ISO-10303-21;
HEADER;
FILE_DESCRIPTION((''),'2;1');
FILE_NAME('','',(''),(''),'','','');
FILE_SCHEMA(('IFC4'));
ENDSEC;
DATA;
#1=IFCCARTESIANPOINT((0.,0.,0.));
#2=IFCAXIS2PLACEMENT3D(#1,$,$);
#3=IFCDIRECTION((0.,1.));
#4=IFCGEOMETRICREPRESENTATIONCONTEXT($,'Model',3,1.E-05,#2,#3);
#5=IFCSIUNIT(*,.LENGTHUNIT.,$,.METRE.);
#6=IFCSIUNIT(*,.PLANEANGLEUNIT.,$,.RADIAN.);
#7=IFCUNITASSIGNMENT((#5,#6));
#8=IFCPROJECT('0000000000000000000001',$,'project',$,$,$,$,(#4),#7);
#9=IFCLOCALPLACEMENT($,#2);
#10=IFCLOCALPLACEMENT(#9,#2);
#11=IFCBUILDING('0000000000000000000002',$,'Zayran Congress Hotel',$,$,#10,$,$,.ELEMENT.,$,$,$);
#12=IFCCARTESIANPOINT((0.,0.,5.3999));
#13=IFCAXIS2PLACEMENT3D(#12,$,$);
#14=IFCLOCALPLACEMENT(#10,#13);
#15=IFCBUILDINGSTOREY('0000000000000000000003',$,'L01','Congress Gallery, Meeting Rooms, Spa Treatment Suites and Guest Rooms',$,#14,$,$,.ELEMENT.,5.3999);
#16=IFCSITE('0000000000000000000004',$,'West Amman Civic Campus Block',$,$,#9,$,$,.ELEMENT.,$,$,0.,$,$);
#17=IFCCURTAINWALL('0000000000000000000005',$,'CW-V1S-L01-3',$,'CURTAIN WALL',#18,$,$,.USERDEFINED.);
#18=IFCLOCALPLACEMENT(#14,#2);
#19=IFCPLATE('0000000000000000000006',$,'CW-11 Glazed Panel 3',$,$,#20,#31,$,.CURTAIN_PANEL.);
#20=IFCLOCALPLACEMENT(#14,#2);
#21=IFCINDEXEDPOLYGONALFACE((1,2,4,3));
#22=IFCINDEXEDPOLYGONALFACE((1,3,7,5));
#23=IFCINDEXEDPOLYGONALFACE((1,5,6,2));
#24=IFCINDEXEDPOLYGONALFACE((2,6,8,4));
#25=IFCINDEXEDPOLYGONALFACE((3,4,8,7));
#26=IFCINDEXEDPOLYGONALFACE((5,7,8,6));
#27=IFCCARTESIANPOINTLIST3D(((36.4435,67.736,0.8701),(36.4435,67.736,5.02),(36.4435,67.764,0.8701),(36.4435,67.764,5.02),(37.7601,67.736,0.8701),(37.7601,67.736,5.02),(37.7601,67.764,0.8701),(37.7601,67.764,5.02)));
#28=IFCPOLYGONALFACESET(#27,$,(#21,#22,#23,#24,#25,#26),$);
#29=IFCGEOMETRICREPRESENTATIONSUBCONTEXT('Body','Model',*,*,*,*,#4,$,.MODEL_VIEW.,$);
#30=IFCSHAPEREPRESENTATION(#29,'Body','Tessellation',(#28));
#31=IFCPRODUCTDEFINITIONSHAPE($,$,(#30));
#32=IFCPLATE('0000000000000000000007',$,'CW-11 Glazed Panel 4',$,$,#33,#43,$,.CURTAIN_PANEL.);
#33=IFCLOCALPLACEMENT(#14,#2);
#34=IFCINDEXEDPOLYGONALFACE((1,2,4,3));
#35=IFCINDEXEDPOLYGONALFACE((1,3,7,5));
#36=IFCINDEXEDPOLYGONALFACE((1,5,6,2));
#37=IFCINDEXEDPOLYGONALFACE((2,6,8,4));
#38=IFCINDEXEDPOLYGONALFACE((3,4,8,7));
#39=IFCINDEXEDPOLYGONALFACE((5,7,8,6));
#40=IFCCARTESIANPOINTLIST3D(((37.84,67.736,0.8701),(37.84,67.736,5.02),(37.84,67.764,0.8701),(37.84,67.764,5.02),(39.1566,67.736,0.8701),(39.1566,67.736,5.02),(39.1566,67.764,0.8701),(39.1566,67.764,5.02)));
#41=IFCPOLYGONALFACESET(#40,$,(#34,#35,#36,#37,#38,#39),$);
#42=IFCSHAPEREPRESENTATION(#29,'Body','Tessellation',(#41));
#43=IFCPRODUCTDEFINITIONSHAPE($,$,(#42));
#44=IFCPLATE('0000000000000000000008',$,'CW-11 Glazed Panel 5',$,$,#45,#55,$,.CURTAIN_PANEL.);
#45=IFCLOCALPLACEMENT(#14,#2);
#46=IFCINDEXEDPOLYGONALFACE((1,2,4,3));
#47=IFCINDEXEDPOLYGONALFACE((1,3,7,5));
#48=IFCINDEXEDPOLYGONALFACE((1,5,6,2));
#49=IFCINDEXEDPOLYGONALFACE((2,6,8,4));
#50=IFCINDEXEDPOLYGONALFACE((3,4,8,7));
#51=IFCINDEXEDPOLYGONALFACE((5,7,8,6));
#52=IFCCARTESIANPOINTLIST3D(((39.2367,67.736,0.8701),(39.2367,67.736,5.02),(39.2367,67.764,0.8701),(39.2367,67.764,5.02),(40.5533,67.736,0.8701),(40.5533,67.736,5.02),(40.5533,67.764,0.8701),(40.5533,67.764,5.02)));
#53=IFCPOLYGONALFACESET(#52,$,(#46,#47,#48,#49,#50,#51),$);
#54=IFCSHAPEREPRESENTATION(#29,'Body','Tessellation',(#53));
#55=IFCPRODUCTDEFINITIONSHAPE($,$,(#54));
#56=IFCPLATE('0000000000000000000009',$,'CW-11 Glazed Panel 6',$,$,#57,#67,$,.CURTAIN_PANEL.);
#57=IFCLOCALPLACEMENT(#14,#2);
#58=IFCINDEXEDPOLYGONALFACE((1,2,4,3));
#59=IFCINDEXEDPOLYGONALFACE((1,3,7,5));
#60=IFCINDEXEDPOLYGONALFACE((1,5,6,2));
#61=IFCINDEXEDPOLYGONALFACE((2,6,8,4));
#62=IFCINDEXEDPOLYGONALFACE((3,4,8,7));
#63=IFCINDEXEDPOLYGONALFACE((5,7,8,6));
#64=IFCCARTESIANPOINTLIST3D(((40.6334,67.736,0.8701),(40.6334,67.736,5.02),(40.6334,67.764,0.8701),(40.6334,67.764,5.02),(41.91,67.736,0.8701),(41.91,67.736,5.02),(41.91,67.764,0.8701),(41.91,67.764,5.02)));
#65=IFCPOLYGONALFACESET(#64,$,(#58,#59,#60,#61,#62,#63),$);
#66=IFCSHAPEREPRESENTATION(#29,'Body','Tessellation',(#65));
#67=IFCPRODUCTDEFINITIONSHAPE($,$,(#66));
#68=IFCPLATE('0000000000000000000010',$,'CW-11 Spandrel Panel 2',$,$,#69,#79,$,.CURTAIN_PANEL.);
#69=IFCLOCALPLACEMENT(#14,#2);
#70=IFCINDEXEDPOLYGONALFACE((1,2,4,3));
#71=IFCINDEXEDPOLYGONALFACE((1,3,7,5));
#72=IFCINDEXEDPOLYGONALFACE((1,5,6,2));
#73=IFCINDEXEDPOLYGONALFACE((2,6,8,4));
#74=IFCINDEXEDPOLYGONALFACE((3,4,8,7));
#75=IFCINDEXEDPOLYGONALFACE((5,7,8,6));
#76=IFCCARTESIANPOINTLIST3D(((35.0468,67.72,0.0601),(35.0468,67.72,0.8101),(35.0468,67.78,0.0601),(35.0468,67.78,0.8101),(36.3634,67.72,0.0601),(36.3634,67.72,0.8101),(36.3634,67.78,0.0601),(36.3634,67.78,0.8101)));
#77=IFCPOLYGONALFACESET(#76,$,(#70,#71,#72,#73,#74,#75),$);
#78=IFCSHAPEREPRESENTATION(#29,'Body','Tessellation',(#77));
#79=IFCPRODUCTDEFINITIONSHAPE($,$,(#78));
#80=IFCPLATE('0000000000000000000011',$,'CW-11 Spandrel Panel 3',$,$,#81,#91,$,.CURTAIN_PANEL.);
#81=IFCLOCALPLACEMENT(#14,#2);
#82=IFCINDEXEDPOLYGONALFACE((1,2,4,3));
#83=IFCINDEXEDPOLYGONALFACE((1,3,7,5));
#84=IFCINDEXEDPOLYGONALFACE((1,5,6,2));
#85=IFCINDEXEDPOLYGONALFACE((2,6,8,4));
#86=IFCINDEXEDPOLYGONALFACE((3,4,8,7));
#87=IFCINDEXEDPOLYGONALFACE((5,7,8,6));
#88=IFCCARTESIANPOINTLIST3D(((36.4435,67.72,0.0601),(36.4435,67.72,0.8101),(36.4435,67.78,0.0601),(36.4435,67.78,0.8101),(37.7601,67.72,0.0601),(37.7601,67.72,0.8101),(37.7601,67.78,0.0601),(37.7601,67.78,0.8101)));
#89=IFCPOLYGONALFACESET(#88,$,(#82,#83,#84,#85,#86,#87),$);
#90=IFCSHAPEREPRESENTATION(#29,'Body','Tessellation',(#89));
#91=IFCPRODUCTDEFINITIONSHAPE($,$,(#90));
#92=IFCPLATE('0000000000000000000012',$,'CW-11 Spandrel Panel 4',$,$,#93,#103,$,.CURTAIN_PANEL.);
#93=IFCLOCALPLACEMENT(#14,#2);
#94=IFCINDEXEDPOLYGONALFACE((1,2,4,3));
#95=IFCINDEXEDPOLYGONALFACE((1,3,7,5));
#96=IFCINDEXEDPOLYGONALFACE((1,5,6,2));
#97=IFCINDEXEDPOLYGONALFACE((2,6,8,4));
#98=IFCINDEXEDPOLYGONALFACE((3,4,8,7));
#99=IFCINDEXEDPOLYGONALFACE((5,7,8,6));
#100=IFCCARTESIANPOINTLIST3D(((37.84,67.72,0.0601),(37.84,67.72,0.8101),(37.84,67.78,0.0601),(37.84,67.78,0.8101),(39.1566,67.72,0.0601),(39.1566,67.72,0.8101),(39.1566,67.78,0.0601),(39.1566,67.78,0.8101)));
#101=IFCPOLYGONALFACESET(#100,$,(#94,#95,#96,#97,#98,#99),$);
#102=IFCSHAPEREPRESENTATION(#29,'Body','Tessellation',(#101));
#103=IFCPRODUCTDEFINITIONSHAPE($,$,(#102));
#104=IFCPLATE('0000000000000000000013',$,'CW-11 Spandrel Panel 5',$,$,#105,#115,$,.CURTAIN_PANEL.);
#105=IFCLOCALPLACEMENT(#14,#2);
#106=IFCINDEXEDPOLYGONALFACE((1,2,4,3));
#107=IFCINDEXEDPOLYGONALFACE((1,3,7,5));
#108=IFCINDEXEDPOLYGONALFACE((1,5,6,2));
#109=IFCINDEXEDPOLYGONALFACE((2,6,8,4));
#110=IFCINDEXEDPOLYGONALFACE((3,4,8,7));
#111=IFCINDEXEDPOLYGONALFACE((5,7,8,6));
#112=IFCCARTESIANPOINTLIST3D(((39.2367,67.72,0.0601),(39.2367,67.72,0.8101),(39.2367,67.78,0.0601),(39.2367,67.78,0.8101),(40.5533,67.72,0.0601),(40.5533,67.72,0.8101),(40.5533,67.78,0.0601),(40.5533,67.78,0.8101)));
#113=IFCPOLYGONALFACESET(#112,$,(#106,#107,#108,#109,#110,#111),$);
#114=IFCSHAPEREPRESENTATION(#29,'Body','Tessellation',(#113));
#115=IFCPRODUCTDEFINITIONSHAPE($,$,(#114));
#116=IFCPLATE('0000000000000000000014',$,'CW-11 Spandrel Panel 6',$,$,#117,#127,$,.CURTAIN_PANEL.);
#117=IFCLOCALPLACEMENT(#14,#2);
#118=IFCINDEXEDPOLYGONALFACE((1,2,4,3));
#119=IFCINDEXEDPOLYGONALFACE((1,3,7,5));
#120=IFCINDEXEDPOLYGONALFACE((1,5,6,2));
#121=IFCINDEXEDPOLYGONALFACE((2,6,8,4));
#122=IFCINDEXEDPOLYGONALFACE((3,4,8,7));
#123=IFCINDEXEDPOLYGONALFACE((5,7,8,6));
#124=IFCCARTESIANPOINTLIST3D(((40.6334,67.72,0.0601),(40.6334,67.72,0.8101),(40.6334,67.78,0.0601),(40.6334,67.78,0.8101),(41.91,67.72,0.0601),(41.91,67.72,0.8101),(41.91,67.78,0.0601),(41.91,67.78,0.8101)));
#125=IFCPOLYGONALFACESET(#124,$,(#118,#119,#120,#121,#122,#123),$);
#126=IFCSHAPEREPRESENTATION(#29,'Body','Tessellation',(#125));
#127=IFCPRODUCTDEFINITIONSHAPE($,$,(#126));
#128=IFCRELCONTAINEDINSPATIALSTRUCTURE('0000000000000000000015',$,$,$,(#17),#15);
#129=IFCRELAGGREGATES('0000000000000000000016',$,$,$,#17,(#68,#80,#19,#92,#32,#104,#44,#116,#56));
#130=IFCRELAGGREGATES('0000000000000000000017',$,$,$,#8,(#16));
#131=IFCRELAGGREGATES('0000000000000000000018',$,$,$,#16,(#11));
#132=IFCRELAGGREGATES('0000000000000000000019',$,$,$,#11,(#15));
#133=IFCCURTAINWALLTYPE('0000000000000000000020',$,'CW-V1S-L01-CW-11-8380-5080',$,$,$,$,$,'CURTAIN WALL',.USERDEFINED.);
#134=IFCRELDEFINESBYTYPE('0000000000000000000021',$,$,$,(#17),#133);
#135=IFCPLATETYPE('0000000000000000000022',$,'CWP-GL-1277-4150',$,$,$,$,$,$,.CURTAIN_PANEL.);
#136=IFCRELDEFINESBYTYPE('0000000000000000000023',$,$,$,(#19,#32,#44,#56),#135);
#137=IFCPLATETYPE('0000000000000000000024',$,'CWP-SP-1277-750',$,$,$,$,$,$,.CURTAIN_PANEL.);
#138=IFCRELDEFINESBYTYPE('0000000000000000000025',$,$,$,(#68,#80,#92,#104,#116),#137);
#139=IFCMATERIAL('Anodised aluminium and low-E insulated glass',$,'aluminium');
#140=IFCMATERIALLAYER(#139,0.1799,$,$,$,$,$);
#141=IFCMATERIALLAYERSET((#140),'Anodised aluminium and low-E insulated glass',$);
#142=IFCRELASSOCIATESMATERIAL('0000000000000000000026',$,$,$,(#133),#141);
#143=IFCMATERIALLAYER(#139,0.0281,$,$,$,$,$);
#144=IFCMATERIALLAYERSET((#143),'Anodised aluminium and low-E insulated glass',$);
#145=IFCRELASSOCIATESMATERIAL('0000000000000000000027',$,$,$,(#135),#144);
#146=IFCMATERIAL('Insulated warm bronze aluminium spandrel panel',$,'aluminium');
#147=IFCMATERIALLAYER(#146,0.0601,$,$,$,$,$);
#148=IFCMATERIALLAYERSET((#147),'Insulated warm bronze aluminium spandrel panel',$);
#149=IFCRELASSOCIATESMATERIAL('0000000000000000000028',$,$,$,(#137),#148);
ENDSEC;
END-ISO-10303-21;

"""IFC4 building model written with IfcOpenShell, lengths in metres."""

from ifc_helpers import new_model, si_unit, direction, frame, origin, origin_2d, place, context, subcontext, project, spatial, rectangle, extrude, material, layer, layer_set, type_object, element, aggregate, save


model = new_model("IFC4")

# Units and contexts
model_context = context("Model", 3, precision=1e-05, world=origin(), true_north=direction((0.0, 1.0)))
body_context = subcontext(model_context, "Body", "Model", "MODEL_VIEW")
ifc_project = project(units=[si_unit("LENGTHUNIT", "METRE"), si_unit("PLANEANGLEUNIT", "RADIAN")], contexts=[model_context])

# Site, building, storey
site_placement = place(None, origin())
site = spatial("IfcSite", under=ifc_project, at=site_placement, Name="West Amman Civic Campus Block", CompositionType="ELEMENT", RefElevation=0.0)
building_placement = place(site_placement, origin())
building = spatial("IfcBuilding", under=site, at=building_placement, Name="Zayran Congress Hotel", CompositionType="ELEMENT")
storey_placement = place(building_placement, frame((0.0, 0.0, 5.3999)))
storey = spatial("IfcBuildingStorey", under=building, at=storey_placement, Name="L01", Description="Congress Gallery, Meeting Rooms, Spa Treatment Suites and Guest Rooms", CompositionType="ELEMENT", Elevation=5.3999)

# Curtain wall, plates
ifc_material_1 = material(Name="Anodised aluminium and low-E insulated glass", Category="aluminium")
ifc_layer_1 = layer(ifc_material_1, 0.1799)
ifc_layer_set_1 = layer_set([ifc_layer_1], Name="Anodised aluminium and low-E insulated glass")
curtain_wall_type = type_object("IfcCurtainWallType", Name="CW-V1S-L01-CW-11-8380-5080", ElementType="CURTAIN WALL", PredefinedType="USERDEFINED", material=ifc_layer_set_1)
curtain_wall_placement = place(storey_placement, origin())
curtain_wall = element("IfcCurtainWall", 1, at=curtain_wall_placement, inside=storey, type_object=curtain_wall_type, Name="CW-V1S-L01-3", ObjectType="CURTAIN WALL", PredefinedType="USERDEFINED")
ifc_layer_2 = layer(ifc_material_1, 0.0281)
ifc_layer_set_2 = layer_set([ifc_layer_2], Name="Anodised aluminium and low-E insulated glass")
plate_type_1 = type_object("IfcPlateType", Name="CWP-GL-1277-4150", PredefinedType="CURTAIN_PANEL", material=ifc_layer_set_2)
plate_1_placement = place(storey_placement, frame((37.1018, 67.75, 0.8701), z_axis=(0.0, 0.0, 1.0), x_axis=(1.0, 0.0, 0.0)))
plate_1 = element("IfcPlate", 2, at=plate_1_placement, type_object=plate_type_1, Name="CW-11 Glazed Panel 3", PredefinedType="CURTAIN_PANEL", context=body_context, shape_type="SweptSolid", body=[
    extrude(rectangle(XDim=1.3167, YDim=0.0281, at=origin_2d()), origin(), (0.0, 0.0, 1.0), 4.1499),
])
plate_2_placement = place(storey_placement, frame((38.4983, 67.75, 0.8701), z_axis=(0.0, 0.0, 1.0), x_axis=(1.0, 0.0, 0.0)))
plate_2 = element("IfcPlate", 3, at=plate_2_placement, type_object=plate_type_1, Name="CW-11 Glazed Panel 4", PredefinedType="CURTAIN_PANEL", context=body_context, shape_type="SweptSolid", body=[
    extrude(rectangle(XDim=1.3167, YDim=0.0281, at=origin_2d()), origin(), (0.0, 0.0, 1.0), 4.1499),
])
plate_3_placement = place(storey_placement, frame((39.895, 67.75, 0.8701), z_axis=(0.0, 0.0, 1.0), x_axis=(1.0, 0.0, 0.0)))
plate_3 = element("IfcPlate", 4, at=plate_3_placement, type_object=plate_type_1, Name="CW-11 Glazed Panel 5", PredefinedType="CURTAIN_PANEL", context=body_context, shape_type="SweptSolid", body=[
    extrude(rectangle(XDim=1.3167, YDim=0.0281, at=origin_2d()), origin(), (0.0, 0.0, 1.0), 4.1499),
])
plate_4_placement = place(storey_placement, frame((41.2717, 67.75, 0.8701), z_axis=(0.0, 0.0, 1.0), x_axis=(1.0, 0.0, 0.0)))
plate_4 = element("IfcPlate", 5, at=plate_4_placement, type_object=plate_type_1, Name="CW-11 Glazed Panel 6", PredefinedType="CURTAIN_PANEL", context=body_context, shape_type="SweptSolid", body=[
    extrude(rectangle(XDim=1.2766, YDim=0.0281, at=origin_2d()), origin(), (0.0, 0.0, 1.0), 4.1499),
])
ifc_material_2 = material(Name="Insulated warm bronze aluminium spandrel panel", Category="aluminium")
ifc_layer_3 = layer(ifc_material_2, 0.0601)
ifc_layer_set_3 = layer_set([ifc_layer_3], Name="Insulated warm bronze aluminium spandrel panel")
plate_type_2 = type_object("IfcPlateType", Name="CWP-SP-1277-750", PredefinedType="CURTAIN_PANEL", material=ifc_layer_set_3)
plate_5_placement = place(storey_placement, frame((35.7051, 67.75, 0.0601), z_axis=(0.0, 0.0, 1.0), x_axis=(1.0, 0.0, 0.0)))
plate_5 = element("IfcPlate", 6, at=plate_5_placement, type_object=plate_type_2, Name="CW-11 Spandrel Panel 2", PredefinedType="CURTAIN_PANEL", context=body_context, shape_type="SweptSolid", body=[
    extrude(rectangle(XDim=1.3167, YDim=0.0601, at=origin_2d()), origin(), (0.0, 0.0, 1.0), 0.75),
])
plate_6_placement = place(storey_placement, frame((37.1018, 67.75, 0.0601), z_axis=(0.0, 0.0, 1.0), x_axis=(1.0, 0.0, 0.0)))
plate_6 = element("IfcPlate", 7, at=plate_6_placement, type_object=plate_type_2, Name="CW-11 Spandrel Panel 3", PredefinedType="CURTAIN_PANEL", context=body_context, shape_type="SweptSolid", body=[
    extrude(rectangle(XDim=1.3167, YDim=0.0601, at=origin_2d()), origin(), (0.0, 0.0, 1.0), 0.75),
])
plate_7_placement = place(storey_placement, frame((38.4983, 67.75, 0.0601), z_axis=(0.0, 0.0, 1.0), x_axis=(1.0, 0.0, 0.0)))
plate_7 = element("IfcPlate", 8, at=plate_7_placement, type_object=plate_type_2, Name="CW-11 Spandrel Panel 4", PredefinedType="CURTAIN_PANEL", context=body_context, shape_type="SweptSolid", body=[
    extrude(rectangle(XDim=1.3167, YDim=0.0601, at=origin_2d()), origin(), (0.0, 0.0, 1.0), 0.75),
])
plate_8_placement = place(storey_placement, frame((39.895, 67.75, 0.0601), z_axis=(0.0, 0.0, 1.0), x_axis=(1.0, 0.0, 0.0)))
plate_8 = element("IfcPlate", 9, at=plate_8_placement, type_object=plate_type_2, Name="CW-11 Spandrel Panel 5", PredefinedType="CURTAIN_PANEL", context=body_context, shape_type="SweptSolid", body=[
    extrude(rectangle(XDim=1.3167, YDim=0.0601, at=origin_2d()), origin(), (0.0, 0.0, 1.0), 0.75),
])
plate_9_placement = place(storey_placement, frame((41.2717, 67.75, 0.0601), z_axis=(0.0, 0.0, 1.0), x_axis=(1.0, 0.0, 0.0)))
plate_9 = element("IfcPlate", 10, at=plate_9_placement, type_object=plate_type_2, Name="CW-11 Spandrel Panel 6", PredefinedType="CURTAIN_PANEL", context=body_context, shape_type="SweptSolid", body=[
    extrude(rectangle(XDim=1.2766, YDim=0.0601, at=origin_2d()), origin(), (0.0, 0.0, 1.0), 0.75),
])
aggregate(curtain_wall, [plate_5, plate_6, plate_1, plate_7, plate_2, plate_8, plate_3, plate_9, plate_4])

save(model, "model.ifc")
